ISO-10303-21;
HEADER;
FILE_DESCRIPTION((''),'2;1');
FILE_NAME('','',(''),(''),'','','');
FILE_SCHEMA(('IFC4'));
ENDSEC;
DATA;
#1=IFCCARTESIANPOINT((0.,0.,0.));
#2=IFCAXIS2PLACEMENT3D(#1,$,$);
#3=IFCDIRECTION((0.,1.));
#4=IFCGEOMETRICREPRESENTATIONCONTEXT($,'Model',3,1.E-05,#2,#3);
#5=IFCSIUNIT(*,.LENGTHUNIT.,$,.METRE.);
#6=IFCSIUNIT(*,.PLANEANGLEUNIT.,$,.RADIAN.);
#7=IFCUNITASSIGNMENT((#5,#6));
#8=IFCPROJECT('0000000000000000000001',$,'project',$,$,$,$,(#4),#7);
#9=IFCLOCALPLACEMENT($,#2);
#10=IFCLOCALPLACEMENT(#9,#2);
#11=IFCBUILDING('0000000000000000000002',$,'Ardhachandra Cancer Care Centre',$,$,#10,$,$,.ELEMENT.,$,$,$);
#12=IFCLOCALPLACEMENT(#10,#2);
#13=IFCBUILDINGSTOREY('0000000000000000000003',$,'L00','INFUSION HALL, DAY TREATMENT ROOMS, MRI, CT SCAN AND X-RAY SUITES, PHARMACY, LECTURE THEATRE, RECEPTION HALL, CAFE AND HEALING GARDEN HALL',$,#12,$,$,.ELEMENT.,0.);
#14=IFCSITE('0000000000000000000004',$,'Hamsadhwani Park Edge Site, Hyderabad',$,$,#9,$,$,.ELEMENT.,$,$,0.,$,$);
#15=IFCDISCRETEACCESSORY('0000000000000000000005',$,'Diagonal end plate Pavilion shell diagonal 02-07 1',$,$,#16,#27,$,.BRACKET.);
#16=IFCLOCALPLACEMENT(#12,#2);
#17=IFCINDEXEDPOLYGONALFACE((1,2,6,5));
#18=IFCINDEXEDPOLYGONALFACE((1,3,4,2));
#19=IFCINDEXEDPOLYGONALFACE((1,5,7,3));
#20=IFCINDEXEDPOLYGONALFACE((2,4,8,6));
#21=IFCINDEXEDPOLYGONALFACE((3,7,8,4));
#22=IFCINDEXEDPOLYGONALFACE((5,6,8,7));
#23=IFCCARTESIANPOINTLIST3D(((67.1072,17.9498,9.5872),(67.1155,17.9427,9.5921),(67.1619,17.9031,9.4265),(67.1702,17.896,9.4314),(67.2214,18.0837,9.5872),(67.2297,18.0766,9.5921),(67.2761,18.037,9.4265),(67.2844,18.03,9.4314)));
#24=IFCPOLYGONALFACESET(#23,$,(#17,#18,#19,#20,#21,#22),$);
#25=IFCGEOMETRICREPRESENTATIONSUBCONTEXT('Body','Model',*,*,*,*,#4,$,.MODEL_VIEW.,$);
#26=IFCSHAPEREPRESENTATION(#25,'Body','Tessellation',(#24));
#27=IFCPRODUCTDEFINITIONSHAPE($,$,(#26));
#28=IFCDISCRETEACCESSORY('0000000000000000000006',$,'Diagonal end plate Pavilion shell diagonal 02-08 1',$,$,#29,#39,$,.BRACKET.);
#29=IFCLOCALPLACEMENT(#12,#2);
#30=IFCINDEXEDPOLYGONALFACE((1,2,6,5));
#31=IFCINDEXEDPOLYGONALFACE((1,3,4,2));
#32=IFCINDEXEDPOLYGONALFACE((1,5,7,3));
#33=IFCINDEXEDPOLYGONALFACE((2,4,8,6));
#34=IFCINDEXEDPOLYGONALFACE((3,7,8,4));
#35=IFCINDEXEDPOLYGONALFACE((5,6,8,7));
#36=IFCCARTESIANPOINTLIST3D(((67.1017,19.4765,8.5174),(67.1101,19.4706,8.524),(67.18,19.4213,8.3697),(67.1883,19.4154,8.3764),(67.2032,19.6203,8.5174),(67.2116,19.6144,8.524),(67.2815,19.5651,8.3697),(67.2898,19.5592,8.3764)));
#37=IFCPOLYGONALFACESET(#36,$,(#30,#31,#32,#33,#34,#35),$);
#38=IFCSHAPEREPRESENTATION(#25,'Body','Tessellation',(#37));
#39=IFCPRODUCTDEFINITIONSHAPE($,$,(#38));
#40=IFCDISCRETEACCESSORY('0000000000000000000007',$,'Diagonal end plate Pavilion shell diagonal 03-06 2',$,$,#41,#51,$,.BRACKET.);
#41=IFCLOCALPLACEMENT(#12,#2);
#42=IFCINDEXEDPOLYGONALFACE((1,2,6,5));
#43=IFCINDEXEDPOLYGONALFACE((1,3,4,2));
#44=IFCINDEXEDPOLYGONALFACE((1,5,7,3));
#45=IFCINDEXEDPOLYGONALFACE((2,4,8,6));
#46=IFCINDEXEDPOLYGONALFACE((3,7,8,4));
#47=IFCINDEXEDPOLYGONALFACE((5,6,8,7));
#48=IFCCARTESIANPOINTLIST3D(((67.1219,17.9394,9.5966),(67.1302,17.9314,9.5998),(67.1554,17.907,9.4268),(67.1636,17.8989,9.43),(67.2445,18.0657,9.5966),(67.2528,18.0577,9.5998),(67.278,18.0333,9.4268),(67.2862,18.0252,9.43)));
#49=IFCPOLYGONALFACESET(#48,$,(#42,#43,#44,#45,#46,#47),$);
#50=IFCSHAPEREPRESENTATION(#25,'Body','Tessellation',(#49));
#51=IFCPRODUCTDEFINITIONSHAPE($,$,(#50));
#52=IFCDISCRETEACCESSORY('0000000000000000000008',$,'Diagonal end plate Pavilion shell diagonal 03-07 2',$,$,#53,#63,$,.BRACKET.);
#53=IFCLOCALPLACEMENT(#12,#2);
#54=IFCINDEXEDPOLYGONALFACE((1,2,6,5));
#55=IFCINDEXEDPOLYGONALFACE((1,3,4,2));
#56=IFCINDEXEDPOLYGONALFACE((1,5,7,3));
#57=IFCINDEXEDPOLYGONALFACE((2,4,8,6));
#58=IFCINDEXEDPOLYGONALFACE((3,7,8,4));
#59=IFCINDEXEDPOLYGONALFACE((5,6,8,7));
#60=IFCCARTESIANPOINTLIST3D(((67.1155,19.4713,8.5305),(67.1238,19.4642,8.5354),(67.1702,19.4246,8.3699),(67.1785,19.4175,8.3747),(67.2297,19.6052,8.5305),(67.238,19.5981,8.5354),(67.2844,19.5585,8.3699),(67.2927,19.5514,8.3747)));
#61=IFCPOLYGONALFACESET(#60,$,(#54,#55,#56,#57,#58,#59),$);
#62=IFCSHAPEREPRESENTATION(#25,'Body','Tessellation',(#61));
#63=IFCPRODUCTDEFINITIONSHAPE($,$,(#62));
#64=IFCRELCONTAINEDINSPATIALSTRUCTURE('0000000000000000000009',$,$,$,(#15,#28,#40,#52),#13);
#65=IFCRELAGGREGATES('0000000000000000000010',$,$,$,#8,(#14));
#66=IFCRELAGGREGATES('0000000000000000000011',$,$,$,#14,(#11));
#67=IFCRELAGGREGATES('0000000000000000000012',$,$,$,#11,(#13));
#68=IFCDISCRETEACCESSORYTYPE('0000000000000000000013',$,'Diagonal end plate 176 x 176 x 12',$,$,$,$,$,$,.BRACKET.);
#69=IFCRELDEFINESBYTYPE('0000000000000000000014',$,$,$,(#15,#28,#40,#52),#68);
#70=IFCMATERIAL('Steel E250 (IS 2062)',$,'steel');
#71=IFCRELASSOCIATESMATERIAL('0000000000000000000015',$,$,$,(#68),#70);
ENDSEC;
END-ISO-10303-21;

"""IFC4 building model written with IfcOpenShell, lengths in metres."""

from ifc_helpers import new_model, si_unit, direction, frame, origin, origin_2d, place, context, subcontext, project, spatial, rectangle, extrude, material, material_profile, profile_set, type_object, element, save


model = new_model("IFC4")

# Units and contexts
model_context = context("Model", 3, precision=1e-05, world=origin(), true_north=direction((0.0, 1.0)))
body_context = subcontext(model_context, "Body", "Model", "MODEL_VIEW")
ifc_project = project(units=[si_unit("LENGTHUNIT", "METRE"), si_unit("PLANEANGLEUNIT", "RADIAN")], contexts=[model_context])

# Site, building, storey
site_placement = place(None, origin())
site = spatial("IfcSite", under=ifc_project, at=site_placement, Name="Hamsadhwani Park Edge Site, Hyderabad", CompositionType="ELEMENT", RefElevation=0.0)
building_placement = place(site_placement, origin())
building = spatial("IfcBuilding", under=site, at=building_placement, Name="Ardhachandra Cancer Care Centre", CompositionType="ELEMENT")
storey_placement = place(building_placement, origin())
storey = spatial("IfcBuildingStorey", under=building, at=storey_placement, Name="L00", Description="INFUSION HALL, DAY TREATMENT ROOMS, MRI, CT SCAN AND X-RAY SUITES, PHARMACY, LECTURE THEATRE, RECEPTION HALL, CAFE AND HEALING GARDEN HALL", CompositionType="ELEMENT", Elevation=0.0)

# Discrete accessories
ifc_material_1 = material(Name="Steel E250 (IS 2062)", Category="steel")
ifc_material_profile_1 = material_profile(ifc_material_1, rectangle(XDim=0.176, YDim=0.176, at=origin_2d()), Name="PL 176x176x12")
ifc_profile_set_1 = profile_set([ifc_material_profile_1], Name="Steel E250 (IS 2062)")
discrete_accessory_type = type_object("IfcDiscreteAccessoryType", Name="Diagonal end plate 176 x 176 x 12", PredefinedType="BRACKET", material=ifc_profile_set_1)
discrete_accessory_1_placement = place(storey_placement, frame((67.2, 17.9863, 9.5117), z_axis=(-0.694456, 0.59233, -0.408504), x_axis=(-0.648947, -0.760834, 0.0)))
element("IfcDiscreteAccessory", 1, at=discrete_accessory_1_placement, inside=storey, type_object=discrete_accessory_type, Name="Diagonal end plate Pavilion shell diagonal 02-07 1", PredefinedType="BRACKET", context=body_context, shape_type="SweptSolid", body=[
    extrude(rectangle(XDim=0.176, YDim=0.176, at=origin_2d()), origin(), (0.0, 0.0, 1.0), 0.012),
])
discrete_accessory_2_placement = place(storey_placement, frame((67.2, 19.5149, 8.4502), z_axis=(-0.685367, 0.483788, -0.544262), x_axis=(-0.576683, -0.816968, 0.0)))
element("IfcDiscreteAccessory", 2, at=discrete_accessory_2_placement, inside=storey, type_object=discrete_accessory_type, Name="Diagonal end plate Pavilion shell diagonal 02-08 1", PredefinedType="BRACKET", context=body_context, shape_type="SweptSolid", body=[
    extrude(rectangle(XDim=0.176, YDim=0.176, at=origin_2d()), origin(), (0.0, 0.0, 1.0), 0.0122),
])
for number, where, z_axis, x_axis, name in (
    (3, (67.2, 17.9863, 9.5117), (0.692007, -0.671654, 0.264591), (0.696475, 0.717581, 0.0), "Diagonal end plate Pavilion shell diagonal 03-06 2"),
    (4, (67.2, 19.5149, 8.4502), (0.694456, -0.59233, 0.408504), (0.648947, 0.760834, 0.0), "Diagonal end plate Pavilion shell diagonal 03-07 2"),
):
    element("IfcDiscreteAccessory", number, at=place(storey_placement, frame(where, z_axis=z_axis, x_axis=x_axis)), inside=storey, type_object=discrete_accessory_type, Name=name, PredefinedType="BRACKET", context=body_context, shape_type="SweptSolid", body=[
        extrude(rectangle(XDim=0.176, YDim=0.176, at=origin_2d()), origin(), (0.0, 0.0, 1.0), 0.012),
    ])

save(model, "model.ifc")
